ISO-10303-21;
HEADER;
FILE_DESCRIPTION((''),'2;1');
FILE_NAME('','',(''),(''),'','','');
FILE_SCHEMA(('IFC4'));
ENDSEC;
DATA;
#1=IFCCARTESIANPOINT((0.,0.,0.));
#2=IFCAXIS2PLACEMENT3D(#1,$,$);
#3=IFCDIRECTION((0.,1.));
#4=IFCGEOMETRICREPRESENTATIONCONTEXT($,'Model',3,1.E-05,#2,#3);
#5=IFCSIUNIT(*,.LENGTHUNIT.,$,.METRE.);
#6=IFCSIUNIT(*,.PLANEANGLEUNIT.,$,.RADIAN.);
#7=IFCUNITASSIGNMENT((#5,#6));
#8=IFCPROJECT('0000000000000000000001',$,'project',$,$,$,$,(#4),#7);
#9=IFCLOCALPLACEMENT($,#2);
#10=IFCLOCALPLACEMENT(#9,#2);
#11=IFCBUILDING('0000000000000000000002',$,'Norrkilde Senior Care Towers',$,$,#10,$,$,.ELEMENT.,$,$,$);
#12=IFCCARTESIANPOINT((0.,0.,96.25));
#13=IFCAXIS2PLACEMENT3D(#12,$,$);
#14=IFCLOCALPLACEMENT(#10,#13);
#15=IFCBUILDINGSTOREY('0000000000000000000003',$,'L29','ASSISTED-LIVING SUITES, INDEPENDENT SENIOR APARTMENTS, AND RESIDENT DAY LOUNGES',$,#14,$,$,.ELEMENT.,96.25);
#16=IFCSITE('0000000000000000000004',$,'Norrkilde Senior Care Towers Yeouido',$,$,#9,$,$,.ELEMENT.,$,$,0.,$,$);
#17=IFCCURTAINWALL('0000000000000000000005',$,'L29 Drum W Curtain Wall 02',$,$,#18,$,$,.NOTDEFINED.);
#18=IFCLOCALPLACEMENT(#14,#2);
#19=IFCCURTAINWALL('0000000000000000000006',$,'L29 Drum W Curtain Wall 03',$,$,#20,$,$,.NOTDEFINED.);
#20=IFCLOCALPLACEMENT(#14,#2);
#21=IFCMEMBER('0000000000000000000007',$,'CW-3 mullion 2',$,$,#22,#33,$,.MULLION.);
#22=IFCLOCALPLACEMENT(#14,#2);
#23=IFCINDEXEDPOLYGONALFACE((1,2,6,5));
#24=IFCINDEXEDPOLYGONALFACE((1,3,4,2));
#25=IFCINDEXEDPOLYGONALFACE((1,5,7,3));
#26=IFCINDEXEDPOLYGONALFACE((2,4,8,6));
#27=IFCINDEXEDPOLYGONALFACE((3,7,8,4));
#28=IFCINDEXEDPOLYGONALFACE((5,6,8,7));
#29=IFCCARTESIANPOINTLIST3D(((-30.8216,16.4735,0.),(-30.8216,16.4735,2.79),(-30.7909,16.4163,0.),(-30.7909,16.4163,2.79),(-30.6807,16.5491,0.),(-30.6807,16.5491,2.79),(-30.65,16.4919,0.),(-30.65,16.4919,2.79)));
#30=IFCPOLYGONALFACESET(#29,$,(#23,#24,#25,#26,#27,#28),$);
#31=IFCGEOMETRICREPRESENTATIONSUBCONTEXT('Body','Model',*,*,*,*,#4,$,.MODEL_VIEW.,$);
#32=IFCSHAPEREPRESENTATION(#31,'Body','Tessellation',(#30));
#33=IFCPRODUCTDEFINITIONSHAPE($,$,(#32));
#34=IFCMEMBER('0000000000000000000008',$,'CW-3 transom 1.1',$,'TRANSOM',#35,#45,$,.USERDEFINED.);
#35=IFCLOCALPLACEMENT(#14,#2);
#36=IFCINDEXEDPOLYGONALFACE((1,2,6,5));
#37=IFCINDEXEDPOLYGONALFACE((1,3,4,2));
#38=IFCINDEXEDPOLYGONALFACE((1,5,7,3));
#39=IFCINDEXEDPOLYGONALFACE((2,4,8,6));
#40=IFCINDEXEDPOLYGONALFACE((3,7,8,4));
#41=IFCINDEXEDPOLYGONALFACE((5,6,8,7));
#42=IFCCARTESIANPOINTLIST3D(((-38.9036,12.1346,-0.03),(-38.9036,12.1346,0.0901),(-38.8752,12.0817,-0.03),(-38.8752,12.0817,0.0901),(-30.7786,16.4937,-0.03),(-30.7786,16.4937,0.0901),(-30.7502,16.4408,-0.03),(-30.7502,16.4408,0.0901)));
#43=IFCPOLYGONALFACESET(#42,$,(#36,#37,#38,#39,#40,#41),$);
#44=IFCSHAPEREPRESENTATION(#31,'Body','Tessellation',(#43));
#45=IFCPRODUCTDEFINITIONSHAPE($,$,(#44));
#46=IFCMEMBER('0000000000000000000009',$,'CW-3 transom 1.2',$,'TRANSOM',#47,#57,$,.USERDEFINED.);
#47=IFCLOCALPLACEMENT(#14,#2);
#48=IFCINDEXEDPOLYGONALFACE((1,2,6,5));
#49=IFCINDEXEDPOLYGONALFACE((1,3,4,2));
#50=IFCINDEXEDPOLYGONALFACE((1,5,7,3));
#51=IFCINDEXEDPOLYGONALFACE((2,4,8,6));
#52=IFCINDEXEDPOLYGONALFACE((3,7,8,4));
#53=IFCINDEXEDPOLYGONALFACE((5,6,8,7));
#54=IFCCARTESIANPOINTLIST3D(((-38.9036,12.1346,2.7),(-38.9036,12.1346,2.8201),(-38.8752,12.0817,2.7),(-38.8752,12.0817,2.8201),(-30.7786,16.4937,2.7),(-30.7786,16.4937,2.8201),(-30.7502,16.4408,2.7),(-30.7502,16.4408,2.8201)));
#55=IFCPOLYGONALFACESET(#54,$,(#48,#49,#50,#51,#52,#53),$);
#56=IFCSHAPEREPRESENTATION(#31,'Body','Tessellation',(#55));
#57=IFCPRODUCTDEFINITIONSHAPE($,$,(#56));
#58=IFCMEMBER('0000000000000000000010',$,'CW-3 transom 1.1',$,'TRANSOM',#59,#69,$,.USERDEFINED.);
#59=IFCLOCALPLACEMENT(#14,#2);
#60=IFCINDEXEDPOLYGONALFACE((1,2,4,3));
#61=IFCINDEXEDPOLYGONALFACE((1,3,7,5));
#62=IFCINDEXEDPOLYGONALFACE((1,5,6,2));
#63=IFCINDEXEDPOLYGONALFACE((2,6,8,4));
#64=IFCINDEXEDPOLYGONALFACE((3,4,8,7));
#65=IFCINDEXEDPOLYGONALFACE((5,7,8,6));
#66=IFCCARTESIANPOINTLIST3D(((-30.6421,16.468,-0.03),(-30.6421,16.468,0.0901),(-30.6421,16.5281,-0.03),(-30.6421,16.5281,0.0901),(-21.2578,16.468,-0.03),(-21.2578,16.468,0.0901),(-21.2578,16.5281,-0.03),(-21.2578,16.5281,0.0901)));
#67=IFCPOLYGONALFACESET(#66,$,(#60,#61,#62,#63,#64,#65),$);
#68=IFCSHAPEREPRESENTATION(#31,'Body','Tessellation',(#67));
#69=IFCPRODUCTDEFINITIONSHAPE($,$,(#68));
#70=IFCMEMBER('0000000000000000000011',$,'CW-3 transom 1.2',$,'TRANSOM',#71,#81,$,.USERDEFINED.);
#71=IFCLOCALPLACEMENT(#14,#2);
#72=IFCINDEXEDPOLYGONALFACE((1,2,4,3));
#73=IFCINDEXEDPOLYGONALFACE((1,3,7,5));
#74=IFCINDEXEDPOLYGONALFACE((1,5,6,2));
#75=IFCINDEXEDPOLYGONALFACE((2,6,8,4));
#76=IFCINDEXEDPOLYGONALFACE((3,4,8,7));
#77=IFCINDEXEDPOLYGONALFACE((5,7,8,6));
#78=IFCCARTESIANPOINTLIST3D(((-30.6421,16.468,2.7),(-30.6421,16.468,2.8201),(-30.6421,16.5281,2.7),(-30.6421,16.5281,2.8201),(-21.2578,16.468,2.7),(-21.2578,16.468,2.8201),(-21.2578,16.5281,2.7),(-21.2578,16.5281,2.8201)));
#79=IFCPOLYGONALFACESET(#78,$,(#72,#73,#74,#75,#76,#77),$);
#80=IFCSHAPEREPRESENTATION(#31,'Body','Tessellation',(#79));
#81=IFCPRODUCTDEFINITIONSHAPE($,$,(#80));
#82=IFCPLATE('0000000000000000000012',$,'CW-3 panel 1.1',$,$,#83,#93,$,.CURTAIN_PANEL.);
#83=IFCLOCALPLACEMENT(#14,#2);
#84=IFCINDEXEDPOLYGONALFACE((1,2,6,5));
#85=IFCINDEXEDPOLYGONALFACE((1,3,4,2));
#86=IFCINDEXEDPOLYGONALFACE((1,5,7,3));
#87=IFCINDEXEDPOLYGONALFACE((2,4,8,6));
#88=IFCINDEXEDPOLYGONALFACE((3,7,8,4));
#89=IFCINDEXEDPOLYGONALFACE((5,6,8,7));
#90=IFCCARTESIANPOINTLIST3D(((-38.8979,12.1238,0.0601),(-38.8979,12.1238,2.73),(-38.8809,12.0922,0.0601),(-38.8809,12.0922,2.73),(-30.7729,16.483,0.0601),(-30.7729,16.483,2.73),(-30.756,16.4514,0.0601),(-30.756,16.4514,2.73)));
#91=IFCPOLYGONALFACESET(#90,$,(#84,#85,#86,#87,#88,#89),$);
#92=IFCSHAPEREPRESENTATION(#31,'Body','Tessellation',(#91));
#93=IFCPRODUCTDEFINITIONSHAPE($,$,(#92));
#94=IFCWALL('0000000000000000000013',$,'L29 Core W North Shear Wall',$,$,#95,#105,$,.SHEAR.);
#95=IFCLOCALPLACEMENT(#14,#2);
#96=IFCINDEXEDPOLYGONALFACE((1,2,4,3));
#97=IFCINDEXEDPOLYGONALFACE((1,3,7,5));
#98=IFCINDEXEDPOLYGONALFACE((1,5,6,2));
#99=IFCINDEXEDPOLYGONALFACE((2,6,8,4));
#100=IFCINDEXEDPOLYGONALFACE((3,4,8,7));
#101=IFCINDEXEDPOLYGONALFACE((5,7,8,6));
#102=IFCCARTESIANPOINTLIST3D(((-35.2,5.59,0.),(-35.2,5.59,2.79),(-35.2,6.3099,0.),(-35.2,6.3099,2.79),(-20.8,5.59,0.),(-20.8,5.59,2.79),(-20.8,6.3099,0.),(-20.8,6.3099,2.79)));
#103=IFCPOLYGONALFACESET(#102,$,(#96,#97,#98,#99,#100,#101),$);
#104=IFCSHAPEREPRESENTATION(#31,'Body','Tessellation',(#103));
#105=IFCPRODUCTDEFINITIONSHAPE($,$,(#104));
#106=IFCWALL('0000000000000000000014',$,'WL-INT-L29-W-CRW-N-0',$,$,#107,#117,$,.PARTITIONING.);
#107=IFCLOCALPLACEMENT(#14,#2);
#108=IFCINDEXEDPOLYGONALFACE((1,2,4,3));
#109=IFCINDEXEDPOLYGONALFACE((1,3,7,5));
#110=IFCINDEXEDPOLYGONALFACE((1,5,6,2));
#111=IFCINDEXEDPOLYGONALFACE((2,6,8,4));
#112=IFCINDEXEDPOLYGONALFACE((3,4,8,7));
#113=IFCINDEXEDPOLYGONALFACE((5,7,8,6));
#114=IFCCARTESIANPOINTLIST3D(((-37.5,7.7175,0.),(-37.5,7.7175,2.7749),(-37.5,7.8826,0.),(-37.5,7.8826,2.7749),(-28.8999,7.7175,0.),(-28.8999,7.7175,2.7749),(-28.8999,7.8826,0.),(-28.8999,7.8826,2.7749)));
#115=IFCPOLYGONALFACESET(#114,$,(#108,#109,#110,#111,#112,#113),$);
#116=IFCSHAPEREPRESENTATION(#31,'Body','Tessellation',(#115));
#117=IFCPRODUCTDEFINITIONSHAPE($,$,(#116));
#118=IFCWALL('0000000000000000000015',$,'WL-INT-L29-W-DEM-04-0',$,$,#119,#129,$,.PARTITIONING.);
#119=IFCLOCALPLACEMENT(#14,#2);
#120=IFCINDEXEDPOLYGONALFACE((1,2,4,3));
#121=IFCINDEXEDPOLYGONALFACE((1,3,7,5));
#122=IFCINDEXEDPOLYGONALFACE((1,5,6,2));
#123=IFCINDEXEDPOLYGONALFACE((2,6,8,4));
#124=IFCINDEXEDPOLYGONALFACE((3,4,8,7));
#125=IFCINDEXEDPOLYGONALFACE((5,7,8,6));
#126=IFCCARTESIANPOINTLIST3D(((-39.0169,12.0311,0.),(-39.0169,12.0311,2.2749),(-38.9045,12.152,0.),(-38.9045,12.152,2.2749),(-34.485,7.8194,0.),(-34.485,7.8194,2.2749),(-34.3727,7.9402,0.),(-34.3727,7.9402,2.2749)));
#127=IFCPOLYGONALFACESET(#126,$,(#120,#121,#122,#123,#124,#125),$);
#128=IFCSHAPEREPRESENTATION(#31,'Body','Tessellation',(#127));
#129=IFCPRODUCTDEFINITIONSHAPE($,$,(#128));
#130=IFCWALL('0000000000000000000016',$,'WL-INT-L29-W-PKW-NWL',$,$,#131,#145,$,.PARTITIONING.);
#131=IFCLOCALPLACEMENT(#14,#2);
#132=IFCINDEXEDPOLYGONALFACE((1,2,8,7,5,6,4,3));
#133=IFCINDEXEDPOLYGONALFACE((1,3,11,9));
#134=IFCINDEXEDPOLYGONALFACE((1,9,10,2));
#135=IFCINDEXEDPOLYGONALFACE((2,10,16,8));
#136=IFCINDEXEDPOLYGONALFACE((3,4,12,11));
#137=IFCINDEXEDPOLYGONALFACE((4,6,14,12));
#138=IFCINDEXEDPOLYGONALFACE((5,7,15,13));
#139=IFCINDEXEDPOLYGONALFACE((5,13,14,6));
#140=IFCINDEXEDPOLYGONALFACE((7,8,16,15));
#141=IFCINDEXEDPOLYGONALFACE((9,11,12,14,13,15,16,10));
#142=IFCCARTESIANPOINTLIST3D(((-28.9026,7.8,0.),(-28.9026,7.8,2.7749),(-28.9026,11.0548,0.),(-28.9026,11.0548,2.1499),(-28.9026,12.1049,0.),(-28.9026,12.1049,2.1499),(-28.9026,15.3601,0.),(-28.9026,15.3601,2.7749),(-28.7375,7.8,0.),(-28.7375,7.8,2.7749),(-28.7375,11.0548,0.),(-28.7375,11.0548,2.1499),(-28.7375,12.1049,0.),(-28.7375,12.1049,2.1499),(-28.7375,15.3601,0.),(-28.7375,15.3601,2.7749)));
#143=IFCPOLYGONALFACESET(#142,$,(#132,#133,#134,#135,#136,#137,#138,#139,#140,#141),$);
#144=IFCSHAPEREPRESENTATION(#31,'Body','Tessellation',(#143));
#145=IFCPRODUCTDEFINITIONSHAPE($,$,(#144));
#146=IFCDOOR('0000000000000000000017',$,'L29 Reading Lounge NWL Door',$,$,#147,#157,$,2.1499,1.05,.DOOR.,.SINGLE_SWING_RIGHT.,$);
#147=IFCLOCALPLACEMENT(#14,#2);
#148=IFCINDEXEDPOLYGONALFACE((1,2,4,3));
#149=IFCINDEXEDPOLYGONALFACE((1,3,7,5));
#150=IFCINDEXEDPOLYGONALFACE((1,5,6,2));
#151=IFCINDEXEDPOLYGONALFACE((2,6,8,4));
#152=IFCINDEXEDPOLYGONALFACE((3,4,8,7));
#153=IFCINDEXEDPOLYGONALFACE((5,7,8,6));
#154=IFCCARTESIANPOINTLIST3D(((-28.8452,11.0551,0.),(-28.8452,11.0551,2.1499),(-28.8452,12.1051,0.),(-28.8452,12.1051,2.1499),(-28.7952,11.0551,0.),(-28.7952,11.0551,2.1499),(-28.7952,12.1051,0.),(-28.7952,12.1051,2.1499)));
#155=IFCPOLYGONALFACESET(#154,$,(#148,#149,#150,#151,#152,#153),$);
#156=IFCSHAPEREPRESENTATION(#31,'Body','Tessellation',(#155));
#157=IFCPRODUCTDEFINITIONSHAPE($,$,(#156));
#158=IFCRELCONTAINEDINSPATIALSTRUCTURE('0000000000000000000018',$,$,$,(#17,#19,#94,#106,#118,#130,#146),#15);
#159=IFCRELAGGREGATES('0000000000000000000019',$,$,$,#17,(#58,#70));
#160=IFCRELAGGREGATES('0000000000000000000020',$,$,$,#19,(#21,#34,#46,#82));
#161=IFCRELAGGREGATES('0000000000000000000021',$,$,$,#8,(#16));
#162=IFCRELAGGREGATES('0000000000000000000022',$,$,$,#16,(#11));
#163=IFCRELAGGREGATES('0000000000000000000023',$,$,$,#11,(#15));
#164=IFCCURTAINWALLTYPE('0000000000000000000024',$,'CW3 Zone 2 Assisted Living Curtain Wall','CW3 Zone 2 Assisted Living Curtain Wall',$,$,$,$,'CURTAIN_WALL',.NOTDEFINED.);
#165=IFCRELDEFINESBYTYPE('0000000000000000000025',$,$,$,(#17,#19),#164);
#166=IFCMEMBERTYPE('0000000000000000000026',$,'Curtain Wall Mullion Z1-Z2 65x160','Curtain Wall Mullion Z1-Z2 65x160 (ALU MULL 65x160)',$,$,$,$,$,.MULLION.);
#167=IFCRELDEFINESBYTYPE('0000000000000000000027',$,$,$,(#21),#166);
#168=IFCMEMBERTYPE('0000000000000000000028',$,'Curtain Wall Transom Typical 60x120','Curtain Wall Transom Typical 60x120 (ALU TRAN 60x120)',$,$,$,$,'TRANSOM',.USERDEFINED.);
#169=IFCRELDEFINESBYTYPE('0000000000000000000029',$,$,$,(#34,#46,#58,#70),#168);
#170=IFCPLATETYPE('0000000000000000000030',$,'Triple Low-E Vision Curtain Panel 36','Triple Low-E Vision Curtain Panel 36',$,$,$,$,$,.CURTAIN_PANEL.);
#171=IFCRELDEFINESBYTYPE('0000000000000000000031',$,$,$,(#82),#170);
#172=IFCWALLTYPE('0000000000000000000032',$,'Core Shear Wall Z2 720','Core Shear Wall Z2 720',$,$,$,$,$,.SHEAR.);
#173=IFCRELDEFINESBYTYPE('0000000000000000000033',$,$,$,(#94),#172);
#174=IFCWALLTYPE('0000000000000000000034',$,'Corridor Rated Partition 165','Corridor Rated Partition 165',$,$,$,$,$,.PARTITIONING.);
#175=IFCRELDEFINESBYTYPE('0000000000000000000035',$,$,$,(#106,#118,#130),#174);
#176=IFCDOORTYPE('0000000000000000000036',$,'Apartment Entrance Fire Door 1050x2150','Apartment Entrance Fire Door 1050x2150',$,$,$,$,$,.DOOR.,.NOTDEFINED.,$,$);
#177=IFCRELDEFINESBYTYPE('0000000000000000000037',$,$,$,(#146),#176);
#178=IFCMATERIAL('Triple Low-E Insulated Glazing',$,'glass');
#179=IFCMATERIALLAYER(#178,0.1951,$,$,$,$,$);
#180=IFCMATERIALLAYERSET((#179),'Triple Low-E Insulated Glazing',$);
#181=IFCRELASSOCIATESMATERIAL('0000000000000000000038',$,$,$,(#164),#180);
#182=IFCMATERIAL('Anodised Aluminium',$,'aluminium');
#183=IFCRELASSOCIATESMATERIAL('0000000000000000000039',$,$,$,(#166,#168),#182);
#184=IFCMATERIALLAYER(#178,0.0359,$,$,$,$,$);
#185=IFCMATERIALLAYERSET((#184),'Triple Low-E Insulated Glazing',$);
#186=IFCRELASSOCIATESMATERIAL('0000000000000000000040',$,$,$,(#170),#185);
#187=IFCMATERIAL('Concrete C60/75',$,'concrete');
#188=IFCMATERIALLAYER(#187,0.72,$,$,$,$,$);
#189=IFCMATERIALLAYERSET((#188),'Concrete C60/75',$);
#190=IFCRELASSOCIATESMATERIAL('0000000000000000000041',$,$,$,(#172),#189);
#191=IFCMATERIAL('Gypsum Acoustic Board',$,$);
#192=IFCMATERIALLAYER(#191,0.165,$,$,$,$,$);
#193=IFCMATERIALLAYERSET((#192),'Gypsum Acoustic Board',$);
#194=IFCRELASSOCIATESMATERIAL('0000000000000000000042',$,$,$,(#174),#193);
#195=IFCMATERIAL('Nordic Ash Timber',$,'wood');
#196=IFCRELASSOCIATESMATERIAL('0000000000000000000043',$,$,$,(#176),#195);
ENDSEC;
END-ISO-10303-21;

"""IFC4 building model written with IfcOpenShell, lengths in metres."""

from ifc_helpers import new_model, si_unit, direction, frame, frame_2d, origin, origin_2d, place, context, subcontext, project, spatial, rectangle, extrude, source, transform, mapped, material, layer, layer_set, material_profile, profile_set, type_object, type_shapes, element, fill, aggregate, save


model = new_model("IFC4")

# Units and contexts
model_context = context("Model", 3, precision=1e-05, world=origin(), true_north=direction((0.0, 1.0)))
body_context = subcontext(model_context, "Body", "Model", "MODEL_VIEW")
ifc_project = project(units=[si_unit("LENGTHUNIT", "METRE"), si_unit("PLANEANGLEUNIT", "RADIAN")], contexts=[model_context])

# Site, building, storey
site_placement = place(None, origin())
site = spatial("IfcSite", under=ifc_project, at=site_placement, Name="Norrkilde Senior Care Towers Yeouido", CompositionType="ELEMENT", RefElevation=0.0)
building_placement = place(site_placement, origin())
building = spatial("IfcBuilding", under=site, at=building_placement, Name="Norrkilde Senior Care Towers", CompositionType="ELEMENT")
storey_placement = place(building_placement, frame((0.0, 0.0, 96.25)))
storey = spatial("IfcBuildingStorey", under=building, at=storey_placement, Name="L29", Description="ASSISTED-LIVING SUITES, INDEPENDENT SENIOR APARTMENTS, AND RESIDENT DAY LOUNGES", CompositionType="ELEMENT", Elevation=96.25)

# Shared definitions
ifc_material_1 = material(Name="Concrete C60/75", Category="concrete")

# Curtain wall
ifc_material_2 = material(Name="Triple Low-E Insulated Glazing", Category="glass")
ifc_layer_1 = layer(ifc_material_2, 0.1951)
ifc_layer_set_1 = layer_set([ifc_layer_1], Name="Triple Low-E Insulated Glazing")
curtain_wall_type = type_object("IfcCurtainWallType", Name="CW3 Zone 2 Assisted Living Curtain Wall", Description="CW3 Zone 2 Assisted Living Curtain Wall", ElementType="CURTAIN_WALL", PredefinedType="NOTDEFINED", material=ifc_layer_set_1)
curtain_wall_1_placement = place(storey_placement, origin())
curtain_wall_1 = element("IfcCurtainWall", 1, at=curtain_wall_1_placement, inside=storey, type_object=curtain_wall_type, Name="L29 Drum W Curtain Wall 02", PredefinedType="NOTDEFINED")
ifc_material_3 = material(Name="Anodised Aluminium", Category="aluminium")
ifc_material_profile_1 = material_profile(ifc_material_3, rectangle(XDim=0.0649, YDim=0.1599, at=origin_2d()), Name="ALU MULL 65x160")
ifc_profile_set_1 = profile_set([ifc_material_profile_1], Name="Anodised Aluminium")
member_type_1 = type_object("IfcMemberType", Name="Curtain Wall Mullion Z1-Z2 65x160", Description="Curtain Wall Mullion Z1-Z2 65x160 (ALU MULL 65x160)", PredefinedType="MULLION", material=ifc_profile_set_1)
shared_shape_1 = source(origin(), body_context, "Body", "SweptSolid", [
    extrude(rectangle(XDim=0.0649, YDim=0.1599, at=origin_2d()), origin(), (0.0, 0.0, 1.0), 2.79),
])
type_shapes(member_type_1, [shared_shape_1])

# Curtain wall, members
curtain_wall_2_placement = place(storey_placement, origin())
curtain_wall_2 = element("IfcCurtainWall", 2, at=curtain_wall_2_placement, inside=storey, type_object=curtain_wall_type, Name="L29 Drum W Curtain Wall 03", PredefinedType="NOTDEFINED")
member_1_placement = place(storey_placement, frame((-30.7358, 16.4827, 0.0), z_axis=(0.0, 0.0, 1.0), x_axis=(-0.472769, 0.881186, 0.0)))
member_1 = element("IfcMember", 3, at=member_1_placement, type_object=member_type_1, Name="CW-3 mullion 2", PredefinedType="MULLION", context=body_context, shape_type="MappedRepresentation", body=[
    mapped(shared_shape_1, transform((0.0, 0.0, 0.0), x_axis=(1.0, 0.0, 0.0), y_axis=(0.0, 1.0, 0.0), z_axis=(0.0, 0.0, 1.0), scale=1.0)),
])
ifc_material_profile_2 = material_profile(ifc_material_3, rectangle(XDim=0.0601, YDim=0.1201, at=origin_2d()), Name="ALU TRAN 60x120")
ifc_profile_set_2 = profile_set([ifc_material_profile_2], Name="Anodised Aluminium")
member_type_2 = type_object("IfcMemberType", Name="Curtain Wall Transom Typical 60x120", Description="Curtain Wall Transom Typical 60x120 (ALU TRAN 60x120)", ElementType="TRANSOM", PredefinedType="USERDEFINED", material=ifc_profile_set_2)
shared_shape_2 = source(origin(), body_context, "Body", "SweptSolid", [
    extrude(rectangle(XDim=0.0601, YDim=0.1201, at=origin_2d()), origin(), (0.0, 0.0, 1.0), 9.2205),
])
member_2_placement = place(storey_placement, frame((-38.8894, 12.1082, 0.03), z_axis=(0.881189, 0.472765, 0.0), x_axis=(-0.472765, 0.881189, 0.0)))
member_2 = element("IfcMember", 4, at=member_2_placement, type_object=member_type_2, Name="CW-3 transom 1.1", ObjectType="TRANSOM", PredefinedType="USERDEFINED", context=body_context, shape_type="MappedRepresentation", body=[
    mapped(shared_shape_2, transform((0.0, 0.0, 0.0), x_axis=(1.0, 0.0, 0.0), y_axis=(0.0, 1.0, 0.0), z_axis=(0.0, 0.0, 1.0), scale=1.0)),
])
member_3_placement = place(storey_placement, frame((-38.8894, 12.1082, 2.76), z_axis=(0.881189, 0.472765, 0.0), x_axis=(-0.472765, 0.881189, 0.0)))
member_3 = element("IfcMember", 5, at=member_3_placement, type_object=member_type_2, Name="CW-3 transom 1.2", ObjectType="TRANSOM", PredefinedType="USERDEFINED", context=body_context, shape_type="MappedRepresentation", body=[
    mapped(shared_shape_2, transform((0.0, 0.0, 0.0), x_axis=(1.0, 0.0, 0.0), y_axis=(0.0, 1.0, 0.0), z_axis=(0.0, 0.0, 1.0), scale=1.0)),
])

# Members
shared_shape_3 = source(origin(), body_context, "Body", "SweptSolid", [
    extrude(rectangle(XDim=0.0601, YDim=0.1201, at=origin_2d()), origin(), (0.0, 0.0, 1.0), 9.3843),
])
type_shapes(member_type_2, [shared_shape_2, shared_shape_3])
member_4_placement = place(storey_placement, frame((-30.6421, 16.498, 0.03), z_axis=(1.0, 0.0, 0.0), x_axis=(0.0, 1.0, 0.0)))
member_4 = element("IfcMember", 6, at=member_4_placement, type_object=member_type_2, Name="CW-3 transom 1.1", ObjectType="TRANSOM", PredefinedType="USERDEFINED", context=body_context, shape_type="MappedRepresentation", body=[
    mapped(shared_shape_3, transform((0.0, 0.0, 0.0), x_axis=(1.0, 0.0, 0.0), y_axis=(0.0, 1.0, 0.0), z_axis=(0.0, 0.0, 1.0), scale=1.0)),
])
member_5_placement = place(storey_placement, frame((-30.6421, 16.498, 2.76), z_axis=(1.0, 0.0, 0.0), x_axis=(0.0, 1.0, 0.0)))
member_5 = element("IfcMember", 7, at=member_5_placement, type_object=member_type_2, Name="CW-3 transom 1.2", ObjectType="TRANSOM", PredefinedType="USERDEFINED", context=body_context, shape_type="MappedRepresentation", body=[
    mapped(shared_shape_3, transform((0.0, 0.0, 0.0), x_axis=(1.0, 0.0, 0.0), y_axis=(0.0, 1.0, 0.0), z_axis=(0.0, 0.0, 1.0), scale=1.0)),
])
aggregate(curtain_wall_1, [member_4, member_5])

# Plate
ifc_layer_2 = layer(ifc_material_2, 0.0359)
ifc_layer_set_2 = layer_set([ifc_layer_2], Name="Triple Low-E Insulated Glazing")
plate_type = type_object("IfcPlateType", Name="Triple Low-E Vision Curtain Panel 36", Description="Triple Low-E Vision Curtain Panel 36", PredefinedType="CURTAIN_PANEL", material=ifc_layer_set_2)
shared_shape_4 = source(origin(), body_context, "Body", "SweptSolid", [
    extrude(rectangle(XDim=9.2205, YDim=0.0359, at=origin_2d()), origin(), (0.0, 0.0, 1.0), 2.6699),
])
type_shapes(plate_type, [shared_shape_4])
plate_placement = place(storey_placement, frame((-34.8269, 14.2876, 0.0601), z_axis=(0.0, 0.0, 1.0), x_axis=(0.881186, 0.472769, 0.0)))
plate = element("IfcPlate", 8, at=plate_placement, type_object=plate_type, Name="CW-3 panel 1.1", PredefinedType="CURTAIN_PANEL", context=body_context, shape_type="MappedRepresentation", body=[
    mapped(shared_shape_4, transform((0.0, 0.0, 0.0), x_axis=(1.0, 0.0, 0.0), y_axis=(0.0, 1.0, 0.0), z_axis=(0.0, 0.0, 1.0), scale=1.0)),
])
aggregate(curtain_wall_2, [member_1, member_2, member_3, plate])

# Walls
ifc_layer_3 = layer(ifc_material_1, 0.72)
ifc_layer_set_3 = layer_set([ifc_layer_3], Name="Concrete C60/75")
wall_type_1 = type_object("IfcWallType", Name="Core Shear Wall Z2 720", Description="Core Shear Wall Z2 720", PredefinedType="SHEAR", material=ifc_layer_set_3)
shared_shape_5 = source(origin(), body_context, "Body", "SweptSolid", [
    extrude(rectangle(XDim=14.3999, YDim=0.72, at=frame_2d((7.2, 0.0))), origin(), (0.0, 0.0, 1.0), 2.79),
])
type_shapes(wall_type_1, [shared_shape_5])
wall_1_placement = place(storey_placement, frame((-35.2, 5.95, 0.0), z_axis=(0.0, 0.0, 1.0), x_axis=(1.0, 0.0, 0.0)))
element("IfcWall", 9, at=wall_1_placement, inside=storey, type_object=wall_type_1, Name="L29 Core W North Shear Wall", PredefinedType="SHEAR", context=body_context, shape_type="MappedRepresentation", body=[
    mapped(shared_shape_5, transform((0.0, 0.0, 0.0), x_axis=(1.0, 0.0, 0.0), y_axis=(0.0, 1.0, 0.0), z_axis=(0.0, 0.0, 1.0), scale=1.0)),
])
ifc_material_4 = material(Name="Gypsum Acoustic Board")
ifc_layer_4 = layer(ifc_material_4, 0.165)
ifc_layer_set_4 = layer_set([ifc_layer_4], Name="Gypsum Acoustic Board")
wall_type_2 = type_object("IfcWallType", Name="Corridor Rated Partition 165", Description="Corridor Rated Partition 165", PredefinedType="PARTITIONING", material=ifc_layer_set_4)
shared_shape_6 = source(origin(), body_context, "Body", "SweptSolid", [
    extrude(rectangle(XDim=8.6001, YDim=0.165, at=frame_2d((4.3, 0.0))), origin(), (0.0, 0.0, 1.0), 2.7749),
])
wall_2_placement = place(storey_placement, frame((-37.5, 7.8, 0.0), z_axis=(0.0, 0.0, 1.0), x_axis=(1.0, 0.0, 0.0)))
element("IfcWall", 10, at=wall_2_placement, inside=storey, type_object=wall_type_2, Name="WL-INT-L29-W-CRW-N-0", PredefinedType="PARTITIONING", context=body_context, shape_type="MappedRepresentation", body=[
    mapped(shared_shape_6, transform((0.0, 0.0, 0.0), x_axis=(1.0, 0.0, 0.0), y_axis=(0.0, 1.0, 0.0), z_axis=(0.0, 0.0, 1.0), scale=1.0)),
])
shared_shape_7 = source(origin(), body_context, "Body", "SweptSolid", [
    extrude(rectangle(XDim=6.1868, YDim=0.165, at=frame_2d((3.0933, 0.0))), origin(), (0.0, 0.0, 1.0), 2.2749),
])
wall_3_placement = place(storey_placement, frame((-34.429, 7.8799, 0.0), z_axis=(0.0, 0.0, 1.0), x_axis=(-0.732501, 0.680766, 0.0)))
element("IfcWall", 11, at=wall_3_placement, inside=storey, type_object=wall_type_2, Name="WL-INT-L29-W-DEM-04-0", PredefinedType="PARTITIONING", context=body_context, shape_type="MappedRepresentation", body=[
    mapped(shared_shape_7, transform((0.0, 0.0, 0.0), x_axis=(1.0, 0.0, 0.0), y_axis=(0.0, 1.0, 0.0), z_axis=(0.0, 0.0, 1.0), scale=1.0)),
])

# Wall, opening, door
shared_shape_8 = source(origin(), body_context, "Body", "SweptSolid", [
    extrude(rectangle(XDim=7.5601, YDim=0.165, at=frame_2d((3.78, 0.0))), origin(), (0.0, 0.0, 1.0), 2.7749),
])
wall_4_placement = place(storey_placement, frame((-28.8201, 7.8, 0.0), z_axis=(0.0, 0.0, 1.0), x_axis=(0.0, 1.0, 0.0)))
wall_4 = element("IfcWall", 12, at=wall_4_placement, inside=storey, type_object=wall_type_2, Name="WL-INT-L29-W-PKW-NWL", PredefinedType="PARTITIONING", context=body_context, shape_type="MappedRepresentation", body=[
    mapped(shared_shape_8, transform((0.0, 0.0, 0.0), x_axis=(1.0, 0.0, 0.0), y_axis=(0.0, 1.0, 0.0), z_axis=(0.0, 0.0, 1.0), scale=1.0)),
])
opening_1_placement = place(wall_4_placement, frame((3.2549, 0.0, 0.0)))
opening_1 = element("IfcOpeningElement", 13, at=opening_1_placement, cuts=wall_4, PredefinedType="OPENING", context=body_context, shape_type="SweptSolid", body=[
    extrude(rectangle(XDim=1.05, YDim=2.1499, at=frame_2d((0.5249, 1.075))), frame((0.0, 0.0925, 0.0), z_axis=(0.0, -1.0, 0.0), x_axis=(1.0, 0.0, 0.0)), (0.0, 0.0, 1.0), 0.1851),
])
ifc_material_5 = material(Name="Nordic Ash Timber", Category="wood")
door_type_1 = type_object("IfcDoorType", Name="Apartment Entrance Fire Door 1050x2150", Description="Apartment Entrance Fire Door 1050x2150", OperationType="NOTDEFINED", PredefinedType="DOOR", material=ifc_material_5)
shared_shape_9 = source(origin(), body_context, "Body", "SweptSolid", [
    extrude(rectangle(XDim=1.05, YDim=2.1499, at=frame_2d((0.5249, 1.075))), frame((0.0, 0.0249, 0.0), z_axis=(0.0, -1.0, 0.0), x_axis=(1.0, 0.0, 0.0)), (0.0, 0.0, 1.0), 0.05),
])
type_shapes(door_type_1, [shared_shape_9])
door_1_placement = place(opening_1_placement, frame((1.05, 0.0, 0.0), z_axis=(0.0, 0.0, 1.0), x_axis=(-1.0, 0.0, 0.0)))
door_1 = element("IfcDoor", 14, at=door_1_placement, inside=storey, type_object=door_type_1, Name="L29 Reading Lounge NWL Door", OperationType="SINGLE_SWING_RIGHT", OverallHeight=2.1499, OverallWidth=1.05, PredefinedType="DOOR", context=body_context, shape_type="MappedRepresentation", body=[
    mapped(shared_shape_9, transform((0.0, 0.0, 0.0), x_axis=(1.0, 0.0, 0.0), y_axis=(0.0, 1.0, 0.0), z_axis=(0.0, 0.0, 1.0), scale=1.0)),
])
fill(opening_1, door_1)

save(model, "model.ifc")
